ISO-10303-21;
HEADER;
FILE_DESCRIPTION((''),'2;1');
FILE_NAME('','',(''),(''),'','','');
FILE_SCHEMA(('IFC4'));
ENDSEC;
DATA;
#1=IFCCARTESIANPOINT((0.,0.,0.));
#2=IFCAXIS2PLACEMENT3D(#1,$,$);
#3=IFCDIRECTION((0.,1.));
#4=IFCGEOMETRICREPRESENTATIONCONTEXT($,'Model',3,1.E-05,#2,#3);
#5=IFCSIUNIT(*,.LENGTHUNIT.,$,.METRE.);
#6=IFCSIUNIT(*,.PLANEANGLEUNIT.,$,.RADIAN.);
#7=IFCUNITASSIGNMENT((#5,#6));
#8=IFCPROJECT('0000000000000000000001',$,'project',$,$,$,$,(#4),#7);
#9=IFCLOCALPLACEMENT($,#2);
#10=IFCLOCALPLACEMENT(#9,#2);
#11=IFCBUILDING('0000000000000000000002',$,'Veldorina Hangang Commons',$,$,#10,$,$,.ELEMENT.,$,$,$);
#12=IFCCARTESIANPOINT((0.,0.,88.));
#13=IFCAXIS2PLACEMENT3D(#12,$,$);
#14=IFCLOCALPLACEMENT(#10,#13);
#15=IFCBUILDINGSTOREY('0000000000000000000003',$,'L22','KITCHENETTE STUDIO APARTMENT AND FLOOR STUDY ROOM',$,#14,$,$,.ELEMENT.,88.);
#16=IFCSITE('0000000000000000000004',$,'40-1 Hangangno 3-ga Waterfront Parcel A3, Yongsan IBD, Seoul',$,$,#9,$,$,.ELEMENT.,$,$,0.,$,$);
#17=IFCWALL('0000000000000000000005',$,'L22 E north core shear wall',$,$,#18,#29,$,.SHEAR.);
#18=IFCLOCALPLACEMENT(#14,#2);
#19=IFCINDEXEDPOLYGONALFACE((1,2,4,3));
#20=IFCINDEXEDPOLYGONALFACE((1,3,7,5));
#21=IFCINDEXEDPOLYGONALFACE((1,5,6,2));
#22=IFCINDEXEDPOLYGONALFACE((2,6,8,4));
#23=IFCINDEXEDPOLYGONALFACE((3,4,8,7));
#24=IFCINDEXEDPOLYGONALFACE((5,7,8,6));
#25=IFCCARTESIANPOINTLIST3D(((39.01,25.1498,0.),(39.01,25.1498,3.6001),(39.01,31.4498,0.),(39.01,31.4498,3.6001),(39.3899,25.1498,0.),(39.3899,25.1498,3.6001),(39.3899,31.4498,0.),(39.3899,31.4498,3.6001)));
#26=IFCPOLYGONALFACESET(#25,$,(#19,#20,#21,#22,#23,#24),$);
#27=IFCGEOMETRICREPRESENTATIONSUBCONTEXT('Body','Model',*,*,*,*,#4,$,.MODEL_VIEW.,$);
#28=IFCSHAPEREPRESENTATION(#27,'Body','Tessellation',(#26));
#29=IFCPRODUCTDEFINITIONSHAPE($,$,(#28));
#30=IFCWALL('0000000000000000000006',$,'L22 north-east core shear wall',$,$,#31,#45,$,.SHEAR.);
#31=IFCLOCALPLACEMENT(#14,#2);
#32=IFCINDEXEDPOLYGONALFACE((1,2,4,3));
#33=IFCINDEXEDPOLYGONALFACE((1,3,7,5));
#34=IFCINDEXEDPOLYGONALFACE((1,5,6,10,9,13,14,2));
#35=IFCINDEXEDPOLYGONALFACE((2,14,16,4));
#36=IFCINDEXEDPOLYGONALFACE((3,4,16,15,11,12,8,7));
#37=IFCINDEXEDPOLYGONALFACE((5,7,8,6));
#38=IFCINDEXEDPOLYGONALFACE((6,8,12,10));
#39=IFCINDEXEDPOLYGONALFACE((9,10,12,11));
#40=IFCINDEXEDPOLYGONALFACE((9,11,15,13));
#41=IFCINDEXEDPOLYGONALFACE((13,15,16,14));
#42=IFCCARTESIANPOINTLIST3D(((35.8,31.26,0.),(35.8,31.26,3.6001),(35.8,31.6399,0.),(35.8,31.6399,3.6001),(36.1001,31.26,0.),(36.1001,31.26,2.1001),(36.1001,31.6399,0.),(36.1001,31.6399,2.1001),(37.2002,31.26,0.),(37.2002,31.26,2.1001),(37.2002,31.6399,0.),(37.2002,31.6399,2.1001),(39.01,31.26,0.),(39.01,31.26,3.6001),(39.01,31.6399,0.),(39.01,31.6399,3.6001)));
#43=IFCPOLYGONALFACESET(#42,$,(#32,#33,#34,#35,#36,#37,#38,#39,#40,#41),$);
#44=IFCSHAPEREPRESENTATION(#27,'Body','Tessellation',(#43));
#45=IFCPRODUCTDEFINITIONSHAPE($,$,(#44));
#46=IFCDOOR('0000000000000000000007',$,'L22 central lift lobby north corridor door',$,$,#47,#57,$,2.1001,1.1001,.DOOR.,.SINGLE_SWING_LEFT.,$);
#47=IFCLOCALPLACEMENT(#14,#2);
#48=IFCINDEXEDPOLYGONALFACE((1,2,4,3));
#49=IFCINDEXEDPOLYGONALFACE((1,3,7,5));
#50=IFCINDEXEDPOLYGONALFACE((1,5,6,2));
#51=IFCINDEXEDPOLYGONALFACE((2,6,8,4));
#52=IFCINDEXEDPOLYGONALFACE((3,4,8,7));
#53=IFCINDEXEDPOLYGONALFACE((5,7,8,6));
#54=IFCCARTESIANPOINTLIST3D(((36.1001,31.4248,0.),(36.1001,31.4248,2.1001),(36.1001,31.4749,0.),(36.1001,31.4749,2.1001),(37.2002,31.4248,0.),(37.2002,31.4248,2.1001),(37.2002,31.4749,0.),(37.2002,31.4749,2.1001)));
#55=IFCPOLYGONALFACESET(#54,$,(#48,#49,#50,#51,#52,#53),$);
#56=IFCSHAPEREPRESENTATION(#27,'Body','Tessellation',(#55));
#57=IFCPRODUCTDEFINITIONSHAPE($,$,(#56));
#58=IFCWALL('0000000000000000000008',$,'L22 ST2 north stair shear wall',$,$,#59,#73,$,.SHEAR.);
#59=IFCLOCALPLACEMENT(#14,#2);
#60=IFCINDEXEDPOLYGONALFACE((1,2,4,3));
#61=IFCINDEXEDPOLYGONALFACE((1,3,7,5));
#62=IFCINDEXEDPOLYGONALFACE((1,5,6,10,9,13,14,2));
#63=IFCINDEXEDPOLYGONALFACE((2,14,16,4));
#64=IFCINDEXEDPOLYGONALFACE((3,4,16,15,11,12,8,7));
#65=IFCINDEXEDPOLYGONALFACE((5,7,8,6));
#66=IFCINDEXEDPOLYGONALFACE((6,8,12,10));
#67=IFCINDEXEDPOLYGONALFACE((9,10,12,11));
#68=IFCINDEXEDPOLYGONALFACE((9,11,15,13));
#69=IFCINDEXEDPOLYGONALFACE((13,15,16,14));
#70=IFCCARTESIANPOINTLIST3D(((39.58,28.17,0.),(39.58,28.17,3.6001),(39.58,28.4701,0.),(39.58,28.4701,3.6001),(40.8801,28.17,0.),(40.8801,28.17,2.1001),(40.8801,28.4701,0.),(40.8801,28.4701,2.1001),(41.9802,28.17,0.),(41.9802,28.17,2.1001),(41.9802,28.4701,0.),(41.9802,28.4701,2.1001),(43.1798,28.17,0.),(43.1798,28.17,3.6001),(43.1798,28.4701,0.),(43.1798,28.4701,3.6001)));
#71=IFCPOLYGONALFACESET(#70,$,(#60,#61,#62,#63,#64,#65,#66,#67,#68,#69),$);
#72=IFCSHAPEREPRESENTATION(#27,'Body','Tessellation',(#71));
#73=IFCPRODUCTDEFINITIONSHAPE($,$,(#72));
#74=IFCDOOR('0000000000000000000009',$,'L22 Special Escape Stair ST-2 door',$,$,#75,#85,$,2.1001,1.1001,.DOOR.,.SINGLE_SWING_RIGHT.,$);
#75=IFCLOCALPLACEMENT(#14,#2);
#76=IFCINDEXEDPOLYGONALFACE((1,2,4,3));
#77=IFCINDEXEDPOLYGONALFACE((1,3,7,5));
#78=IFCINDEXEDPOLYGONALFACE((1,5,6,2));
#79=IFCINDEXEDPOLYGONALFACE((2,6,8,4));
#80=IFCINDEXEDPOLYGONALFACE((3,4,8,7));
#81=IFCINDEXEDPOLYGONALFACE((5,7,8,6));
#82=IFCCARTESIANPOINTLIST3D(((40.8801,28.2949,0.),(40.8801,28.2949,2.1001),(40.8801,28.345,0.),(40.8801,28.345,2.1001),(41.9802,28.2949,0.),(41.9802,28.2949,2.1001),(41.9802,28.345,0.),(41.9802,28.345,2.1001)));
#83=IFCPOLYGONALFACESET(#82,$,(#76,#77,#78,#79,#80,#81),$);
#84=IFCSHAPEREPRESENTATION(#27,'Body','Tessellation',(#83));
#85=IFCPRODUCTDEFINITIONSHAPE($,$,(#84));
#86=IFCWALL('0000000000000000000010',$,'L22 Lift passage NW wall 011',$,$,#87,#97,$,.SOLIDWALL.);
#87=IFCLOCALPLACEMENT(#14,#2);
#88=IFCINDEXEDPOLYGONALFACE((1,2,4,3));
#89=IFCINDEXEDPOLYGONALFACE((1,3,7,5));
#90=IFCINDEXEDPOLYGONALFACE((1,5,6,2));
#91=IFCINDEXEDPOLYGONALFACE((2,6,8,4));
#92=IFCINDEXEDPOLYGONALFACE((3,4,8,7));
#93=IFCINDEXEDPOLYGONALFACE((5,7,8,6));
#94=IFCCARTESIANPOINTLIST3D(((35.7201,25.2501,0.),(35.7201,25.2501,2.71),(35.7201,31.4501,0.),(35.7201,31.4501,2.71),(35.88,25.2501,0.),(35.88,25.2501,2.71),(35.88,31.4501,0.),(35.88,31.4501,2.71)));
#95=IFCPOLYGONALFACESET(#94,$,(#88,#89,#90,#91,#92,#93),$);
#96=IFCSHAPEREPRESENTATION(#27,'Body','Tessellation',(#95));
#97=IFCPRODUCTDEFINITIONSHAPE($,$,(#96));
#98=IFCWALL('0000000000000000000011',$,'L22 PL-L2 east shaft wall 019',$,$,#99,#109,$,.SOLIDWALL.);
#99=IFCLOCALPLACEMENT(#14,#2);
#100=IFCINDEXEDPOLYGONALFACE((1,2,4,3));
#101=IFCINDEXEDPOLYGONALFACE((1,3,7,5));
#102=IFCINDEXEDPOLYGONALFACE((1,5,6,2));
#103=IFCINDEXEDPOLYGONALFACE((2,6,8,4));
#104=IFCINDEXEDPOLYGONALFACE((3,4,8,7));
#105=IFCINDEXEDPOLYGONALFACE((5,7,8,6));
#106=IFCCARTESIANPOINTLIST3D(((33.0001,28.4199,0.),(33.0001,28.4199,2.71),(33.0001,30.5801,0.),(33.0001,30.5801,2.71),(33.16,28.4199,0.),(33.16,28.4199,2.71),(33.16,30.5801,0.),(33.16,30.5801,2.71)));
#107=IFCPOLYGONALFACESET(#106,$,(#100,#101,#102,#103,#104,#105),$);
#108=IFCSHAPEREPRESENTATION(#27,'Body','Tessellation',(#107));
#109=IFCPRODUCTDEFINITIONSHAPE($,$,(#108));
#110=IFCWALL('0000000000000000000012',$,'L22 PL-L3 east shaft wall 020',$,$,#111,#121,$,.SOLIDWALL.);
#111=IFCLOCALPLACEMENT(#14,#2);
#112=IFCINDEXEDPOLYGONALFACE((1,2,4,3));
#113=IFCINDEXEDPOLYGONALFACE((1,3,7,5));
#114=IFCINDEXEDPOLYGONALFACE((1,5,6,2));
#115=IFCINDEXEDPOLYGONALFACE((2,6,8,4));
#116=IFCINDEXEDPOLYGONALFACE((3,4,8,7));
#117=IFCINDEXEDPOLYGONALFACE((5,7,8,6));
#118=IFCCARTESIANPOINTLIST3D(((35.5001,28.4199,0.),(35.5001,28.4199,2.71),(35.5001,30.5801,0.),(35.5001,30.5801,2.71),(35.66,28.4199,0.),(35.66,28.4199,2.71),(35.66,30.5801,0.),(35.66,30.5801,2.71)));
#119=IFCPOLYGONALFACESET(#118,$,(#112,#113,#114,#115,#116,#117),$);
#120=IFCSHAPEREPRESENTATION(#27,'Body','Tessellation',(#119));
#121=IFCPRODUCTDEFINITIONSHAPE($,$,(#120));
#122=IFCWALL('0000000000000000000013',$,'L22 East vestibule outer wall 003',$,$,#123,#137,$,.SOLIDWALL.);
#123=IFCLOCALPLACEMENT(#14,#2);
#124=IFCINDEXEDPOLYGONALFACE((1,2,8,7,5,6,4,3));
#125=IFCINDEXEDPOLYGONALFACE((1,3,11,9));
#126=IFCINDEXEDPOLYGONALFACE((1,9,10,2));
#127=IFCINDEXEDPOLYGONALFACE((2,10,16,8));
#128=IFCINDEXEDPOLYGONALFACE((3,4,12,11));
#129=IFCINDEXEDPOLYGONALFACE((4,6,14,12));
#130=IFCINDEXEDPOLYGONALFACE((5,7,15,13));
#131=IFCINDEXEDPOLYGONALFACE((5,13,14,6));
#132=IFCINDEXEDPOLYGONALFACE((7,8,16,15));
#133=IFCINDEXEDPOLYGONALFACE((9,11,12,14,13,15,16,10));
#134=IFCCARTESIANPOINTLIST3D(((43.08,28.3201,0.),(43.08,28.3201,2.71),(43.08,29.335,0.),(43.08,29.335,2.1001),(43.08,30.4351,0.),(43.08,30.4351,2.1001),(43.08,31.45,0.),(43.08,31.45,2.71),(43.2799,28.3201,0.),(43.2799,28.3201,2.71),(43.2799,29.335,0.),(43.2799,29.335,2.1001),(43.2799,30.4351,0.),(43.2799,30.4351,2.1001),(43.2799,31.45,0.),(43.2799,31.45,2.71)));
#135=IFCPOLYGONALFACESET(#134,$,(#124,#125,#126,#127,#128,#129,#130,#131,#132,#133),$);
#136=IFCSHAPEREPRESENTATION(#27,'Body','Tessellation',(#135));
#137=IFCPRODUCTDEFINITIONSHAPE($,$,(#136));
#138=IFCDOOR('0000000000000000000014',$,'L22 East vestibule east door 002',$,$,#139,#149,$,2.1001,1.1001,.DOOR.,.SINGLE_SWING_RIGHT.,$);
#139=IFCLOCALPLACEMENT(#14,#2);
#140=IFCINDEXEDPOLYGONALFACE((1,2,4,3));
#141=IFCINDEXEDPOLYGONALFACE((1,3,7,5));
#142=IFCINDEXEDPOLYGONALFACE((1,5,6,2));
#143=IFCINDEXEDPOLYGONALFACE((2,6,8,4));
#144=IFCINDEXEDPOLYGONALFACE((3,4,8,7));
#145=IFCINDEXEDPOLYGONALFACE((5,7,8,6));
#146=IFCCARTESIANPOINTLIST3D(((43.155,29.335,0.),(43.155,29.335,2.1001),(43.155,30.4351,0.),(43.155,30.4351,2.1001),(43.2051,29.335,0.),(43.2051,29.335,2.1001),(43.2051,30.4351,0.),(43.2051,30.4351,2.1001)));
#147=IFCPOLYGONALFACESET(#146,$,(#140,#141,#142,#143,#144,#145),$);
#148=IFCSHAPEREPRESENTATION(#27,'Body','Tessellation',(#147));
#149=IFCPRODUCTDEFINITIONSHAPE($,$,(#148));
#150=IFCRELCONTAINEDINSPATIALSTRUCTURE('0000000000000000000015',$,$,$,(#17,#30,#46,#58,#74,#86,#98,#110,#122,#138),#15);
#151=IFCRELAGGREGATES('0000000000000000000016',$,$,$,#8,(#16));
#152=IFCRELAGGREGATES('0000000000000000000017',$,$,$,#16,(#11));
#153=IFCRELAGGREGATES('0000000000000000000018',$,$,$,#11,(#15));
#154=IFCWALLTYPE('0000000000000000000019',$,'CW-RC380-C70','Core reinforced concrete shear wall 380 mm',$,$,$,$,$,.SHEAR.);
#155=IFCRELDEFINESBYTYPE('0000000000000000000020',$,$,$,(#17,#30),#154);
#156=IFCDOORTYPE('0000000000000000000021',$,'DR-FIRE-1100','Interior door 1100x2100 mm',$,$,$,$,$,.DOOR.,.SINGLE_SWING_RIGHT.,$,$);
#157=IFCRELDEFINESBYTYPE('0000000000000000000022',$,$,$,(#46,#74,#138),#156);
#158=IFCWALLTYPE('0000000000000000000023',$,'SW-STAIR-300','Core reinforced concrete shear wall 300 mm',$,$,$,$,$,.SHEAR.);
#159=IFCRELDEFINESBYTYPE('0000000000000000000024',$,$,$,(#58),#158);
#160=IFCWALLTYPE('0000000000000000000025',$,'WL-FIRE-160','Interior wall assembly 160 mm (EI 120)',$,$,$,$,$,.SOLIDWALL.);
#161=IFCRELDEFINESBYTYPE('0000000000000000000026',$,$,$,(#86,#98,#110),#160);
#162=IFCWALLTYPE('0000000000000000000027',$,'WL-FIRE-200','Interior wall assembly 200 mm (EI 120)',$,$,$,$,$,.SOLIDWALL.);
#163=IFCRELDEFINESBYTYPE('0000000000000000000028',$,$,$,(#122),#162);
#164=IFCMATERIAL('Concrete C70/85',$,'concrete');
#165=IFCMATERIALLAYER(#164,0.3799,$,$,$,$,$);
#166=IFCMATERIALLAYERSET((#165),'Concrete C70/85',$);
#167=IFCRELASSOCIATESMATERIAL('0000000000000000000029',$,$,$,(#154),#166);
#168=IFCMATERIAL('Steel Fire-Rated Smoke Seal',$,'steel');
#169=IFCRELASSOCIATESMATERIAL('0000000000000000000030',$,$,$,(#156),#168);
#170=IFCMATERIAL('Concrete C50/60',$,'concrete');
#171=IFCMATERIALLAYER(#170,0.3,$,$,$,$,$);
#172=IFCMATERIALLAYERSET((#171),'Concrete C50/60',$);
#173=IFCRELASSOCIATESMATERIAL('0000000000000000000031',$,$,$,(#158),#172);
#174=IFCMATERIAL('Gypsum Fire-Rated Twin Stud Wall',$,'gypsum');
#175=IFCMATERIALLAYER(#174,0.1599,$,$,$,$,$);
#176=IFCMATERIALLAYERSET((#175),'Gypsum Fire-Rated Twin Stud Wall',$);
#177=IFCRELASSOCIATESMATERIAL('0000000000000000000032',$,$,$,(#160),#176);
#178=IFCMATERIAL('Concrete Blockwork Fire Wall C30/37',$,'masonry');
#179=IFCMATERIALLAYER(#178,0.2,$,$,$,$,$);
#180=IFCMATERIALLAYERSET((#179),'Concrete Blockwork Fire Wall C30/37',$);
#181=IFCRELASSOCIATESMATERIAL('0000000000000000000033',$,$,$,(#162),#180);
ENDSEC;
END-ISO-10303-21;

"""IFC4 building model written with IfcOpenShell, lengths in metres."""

from ifc_helpers import new_model, si_unit, direction, frame, frame_2d, origin, place, context, subcontext, project, spatial, rectangle, extrude, material, layer, layer_set, type_object, element, fill, save


model = new_model("IFC4")

# Units and contexts
model_context = context("Model", 3, precision=1e-05, world=origin(), true_north=direction((0.0, 1.0)))
body_context = subcontext(model_context, "Body", "Model", "MODEL_VIEW")
ifc_project = project(units=[si_unit("LENGTHUNIT", "METRE"), si_unit("PLANEANGLEUNIT", "RADIAN")], contexts=[model_context])

# Site, building, storey
site_placement = place(None, origin())
site = spatial("IfcSite", under=ifc_project, at=site_placement, Name="40-1 Hangangno 3-ga Waterfront Parcel A3, Yongsan IBD, Seoul", CompositionType="ELEMENT", RefElevation=0.0)
building_placement = place(site_placement, origin())
building = spatial("IfcBuilding", under=site, at=building_placement, Name="Veldorina Hangang Commons", CompositionType="ELEMENT")
storey_placement = place(building_placement, frame((0.0, 0.0, 88.0)))
storey = spatial("IfcBuildingStorey", under=building, at=storey_placement, Name="L22", Description="KITCHENETTE STUDIO APARTMENT AND FLOOR STUDY ROOM", CompositionType="ELEMENT", Elevation=88.0)

# Wall
ifc_material_1 = material(Name="Concrete C70/85", Category="concrete")
ifc_layer_1 = layer(ifc_material_1, 0.3799)
ifc_layer_set_1 = layer_set([ifc_layer_1], Name="Concrete C70/85")
wall_type_1 = type_object("IfcWallType", Name="CW-RC380-C70", Description="Core reinforced concrete shear wall 380 mm", PredefinedType="SHEAR", material=ifc_layer_set_1)
wall_1_placement = place(storey_placement, frame((39.2, 25.1499, 0.0), z_axis=(0.0, 0.0, 1.0), x_axis=(0.0, 1.0, 0.0)))
element("IfcWall", 1, at=wall_1_placement, inside=storey, type_object=wall_type_1, Name="L22 E north core shear wall", PredefinedType="SHEAR", context=body_context, shape_type="SweptSolid", body=[
    extrude(rectangle(XDim=6.3, YDim=0.3799, at=frame_2d((3.1499, 0.0))), origin(), (0.0, 0.0, 1.0), 3.6001),
])

# Walls, openings, doors
wall_2_placement = place(storey_placement, frame((35.8, 31.45, 0.0), z_axis=(0.0, 0.0, 1.0), x_axis=(1.0, 0.0, 0.0)))
wall_2 = element("IfcWall", 2, at=wall_2_placement, inside=storey, type_object=wall_type_1, Name="L22 north-east core shear wall", PredefinedType="SHEAR", context=body_context, shape_type="SweptSolid", body=[
    extrude(rectangle(XDim=3.21, YDim=0.3799, at=frame_2d((1.605, 0.0))), origin(), (0.0, 0.0, 1.0), 3.6001),
])
opening_1_placement = place(wall_2_placement, frame((0.3, 0.0, 0.0)))
opening_1 = element("IfcOpeningElement", 3, at=opening_1_placement, cuts=wall_2, PredefinedType="OPENING", context=body_context, shape_type="SweptSolid", body=[
    extrude(rectangle(XDim=1.1001, YDim=2.1001, at=frame_2d((0.55, 1.05))), frame((0.0, 0.2, 0.0), z_axis=(0.0, -1.0, 0.0), x_axis=(1.0, 0.0, 0.0)), (0.0, 0.0, 1.0), 0.3999),
])
ifc_material_2 = material(Name="Steel Fire-Rated Smoke Seal", Category="steel")
door_type_1 = type_object("IfcDoorType", Name="DR-FIRE-1100", Description="Interior door 1100x2100 mm", OperationType="SINGLE_SWING_RIGHT", PredefinedType="DOOR", material=ifc_material_2)
door_1_placement = place(opening_1_placement, origin())
door_1 = element("IfcDoor", 4, at=door_1_placement, inside=storey, type_object=door_type_1, Name="L22 central lift lobby north corridor door", OperationType="SINGLE_SWING_LEFT", OverallHeight=2.1001, OverallWidth=1.1001, PredefinedType="DOOR", context=body_context, shape_type="SweptSolid", body=[
    extrude(rectangle(XDim=1.1001, YDim=2.1001, at=frame_2d((0.55, 1.05))), frame((0.0, 0.0249, 0.0), z_axis=(0.0, -1.0, 0.0), x_axis=(1.0, 0.0, 0.0)), (0.0, 0.0, 1.0), 0.05),
])
fill(opening_1, door_1)
ifc_material_3 = material(Name="Concrete C50/60", Category="concrete")
ifc_layer_2 = layer(ifc_material_3, 0.3)
ifc_layer_set_2 = layer_set([ifc_layer_2], Name="Concrete C50/60")
wall_type_2 = type_object("IfcWallType", Name="SW-STAIR-300", Description="Core reinforced concrete shear wall 300 mm", PredefinedType="SHEAR", material=ifc_layer_set_2)
wall_3_placement = place(storey_placement, frame((39.5801, 28.3201, 0.0), z_axis=(0.0, 0.0, 1.0), x_axis=(1.0, 0.0, 0.0)))
wall_3 = element("IfcWall", 5, at=wall_3_placement, inside=storey, type_object=wall_type_2, Name="L22 ST2 north stair shear wall", PredefinedType="SHEAR", context=body_context, shape_type="SweptSolid", body=[
    extrude(rectangle(XDim=3.5999, YDim=0.3, at=frame_2d((1.7998, 0.0))), origin(), (0.0, 0.0, 1.0), 3.6001),
])
opening_2_placement = place(wall_3_placement, frame((1.3, 0.0, 0.0)))
opening_2 = element("IfcOpeningElement", 6, at=opening_2_placement, cuts=wall_3, PredefinedType="OPENING", context=body_context, shape_type="SweptSolid", body=[
    extrude(rectangle(XDim=1.1001, YDim=2.1001, at=frame_2d((0.55, 1.05))), frame((0.0, 0.1602, 0.0), z_axis=(0.0, -1.0, 0.0), x_axis=(1.0, 0.0, 0.0)), (0.0, 0.0, 1.0), 0.3201),
])
door_2_placement = place(opening_2_placement, origin())
door_2 = element("IfcDoor", 7, at=door_2_placement, inside=storey, type_object=door_type_1, Name="L22 Special Escape Stair ST-2 door", OperationType="SINGLE_SWING_RIGHT", OverallHeight=2.1001, OverallWidth=1.1001, PredefinedType="DOOR", context=body_context, shape_type="SweptSolid", body=[
    extrude(rectangle(XDim=1.1001, YDim=2.1001, at=frame_2d((0.55, 1.05))), frame((0.0, 0.0249, 0.0), z_axis=(0.0, -1.0, 0.0), x_axis=(1.0, 0.0, 0.0)), (0.0, 0.0, 1.0), 0.05),
])
fill(opening_2, door_2)

# Walls
ifc_material_4 = material(Name="Gypsum Fire-Rated Twin Stud Wall", Category="gypsum")
ifc_layer_3 = layer(ifc_material_4, 0.1599)
ifc_layer_set_3 = layer_set([ifc_layer_3], Name="Gypsum Fire-Rated Twin Stud Wall")
wall_type_3 = type_object("IfcWallType", Name="WL-FIRE-160", Description="Interior wall assembly 160 mm (EI 120)", PredefinedType="SOLIDWALL", material=ifc_layer_set_3)
wall_4_placement = place(storey_placement, frame((35.8, 25.25, 0.0), z_axis=(0.0, 0.0, 1.0), x_axis=(0.0, 1.0, 0.0)))
element("IfcWall", 8, at=wall_4_placement, inside=storey, type_object=wall_type_3, Name="L22 Lift passage NW wall 011", PredefinedType="SOLIDWALL", context=body_context, shape_type="SweptSolid", body=[
    extrude(rectangle(XDim=6.2, YDim=0.1599, at=frame_2d((3.1001, 0.0))), origin(), (0.0, 0.0, 1.0), 2.71),
])
for number, where, z_axis, x_axis, name in (
    (9, (33.0801, 28.4199, 0.0), (0.0, 0.0, 1.0), (0.0, 1.0, 0.0), "L22 PL-L2 east shaft wall 019"),
    (10, (35.5801, 28.4199, 0.0), (0.0, 0.0, 1.0), (0.0, 1.0, 0.0), "L22 PL-L3 east shaft wall 020"),
):
    element("IfcWall", number, at=place(storey_placement, frame(where, z_axis=z_axis, x_axis=x_axis)), inside=storey, type_object=wall_type_3, Name=name, PredefinedType="SOLIDWALL", context=body_context, shape_type="SweptSolid", body=[
        extrude(rectangle(XDim=2.1602, YDim=0.1599, at=frame_2d((1.0801, 0.0))), origin(), (0.0, 0.0, 1.0), 2.71),
    ])

# Wall, opening, door
ifc_material_5 = material(Name="Concrete Blockwork Fire Wall C30/37", Category="masonry")
ifc_layer_4 = layer(ifc_material_5, 0.2)
ifc_layer_set_4 = layer_set([ifc_layer_4], Name="Concrete Blockwork Fire Wall C30/37")
wall_type_4 = type_object("IfcWallType", Name="WL-FIRE-200", Description="Interior wall assembly 200 mm (EI 120)", PredefinedType="SOLIDWALL", material=ifc_layer_set_4)
wall_5_placement = place(storey_placement, frame((43.1799, 28.3201, 0.0), z_axis=(0.0, 0.0, 1.0), x_axis=(0.0, 1.0, 0.0)))
wall_5 = element("IfcWall", 11, at=wall_5_placement, inside=storey, type_object=wall_type_4, Name="L22 East vestibule outer wall 003", PredefinedType="SOLIDWALL", context=body_context, shape_type="SweptSolid", body=[
    extrude(rectangle(XDim=3.1299, YDim=0.2, at=frame_2d((1.5649, 0.0))), origin(), (0.0, 0.0, 1.0), 2.71),
])
opening_3_placement = place(wall_5_placement, frame((1.0149, 0.0, 0.0)))
opening_3 = element("IfcOpeningElement", 12, at=opening_3_placement, cuts=wall_5, PredefinedType="OPENING", context=body_context, shape_type="SweptSolid", body=[
    extrude(rectangle(XDim=1.1001, YDim=2.1001, at=frame_2d((0.55, 1.05))), frame((0.0, 0.1099, 0.0), z_axis=(0.0, -1.0, 0.0), x_axis=(1.0, 0.0, 0.0)), (0.0, 0.0, 1.0), 0.22),
])
door_3_placement = place(opening_3_placement, origin())
door_3 = element("IfcDoor", 13, at=door_3_placement, inside=storey, type_object=door_type_1, Name="L22 East vestibule east door 002", OperationType="SINGLE_SWING_RIGHT", OverallHeight=2.1001, OverallWidth=1.1001, PredefinedType="DOOR", context=body_context, shape_type="SweptSolid", body=[
    extrude(rectangle(XDim=1.1001, YDim=2.1001, at=frame_2d((0.55, 1.05))), frame((0.0, 0.0249, 0.0), z_axis=(0.0, -1.0, 0.0), x_axis=(1.0, 0.0, 0.0)), (0.0, 0.0, 1.0), 0.05),
])
fill(opening_3, door_3)

save(model, "model.ifc")
